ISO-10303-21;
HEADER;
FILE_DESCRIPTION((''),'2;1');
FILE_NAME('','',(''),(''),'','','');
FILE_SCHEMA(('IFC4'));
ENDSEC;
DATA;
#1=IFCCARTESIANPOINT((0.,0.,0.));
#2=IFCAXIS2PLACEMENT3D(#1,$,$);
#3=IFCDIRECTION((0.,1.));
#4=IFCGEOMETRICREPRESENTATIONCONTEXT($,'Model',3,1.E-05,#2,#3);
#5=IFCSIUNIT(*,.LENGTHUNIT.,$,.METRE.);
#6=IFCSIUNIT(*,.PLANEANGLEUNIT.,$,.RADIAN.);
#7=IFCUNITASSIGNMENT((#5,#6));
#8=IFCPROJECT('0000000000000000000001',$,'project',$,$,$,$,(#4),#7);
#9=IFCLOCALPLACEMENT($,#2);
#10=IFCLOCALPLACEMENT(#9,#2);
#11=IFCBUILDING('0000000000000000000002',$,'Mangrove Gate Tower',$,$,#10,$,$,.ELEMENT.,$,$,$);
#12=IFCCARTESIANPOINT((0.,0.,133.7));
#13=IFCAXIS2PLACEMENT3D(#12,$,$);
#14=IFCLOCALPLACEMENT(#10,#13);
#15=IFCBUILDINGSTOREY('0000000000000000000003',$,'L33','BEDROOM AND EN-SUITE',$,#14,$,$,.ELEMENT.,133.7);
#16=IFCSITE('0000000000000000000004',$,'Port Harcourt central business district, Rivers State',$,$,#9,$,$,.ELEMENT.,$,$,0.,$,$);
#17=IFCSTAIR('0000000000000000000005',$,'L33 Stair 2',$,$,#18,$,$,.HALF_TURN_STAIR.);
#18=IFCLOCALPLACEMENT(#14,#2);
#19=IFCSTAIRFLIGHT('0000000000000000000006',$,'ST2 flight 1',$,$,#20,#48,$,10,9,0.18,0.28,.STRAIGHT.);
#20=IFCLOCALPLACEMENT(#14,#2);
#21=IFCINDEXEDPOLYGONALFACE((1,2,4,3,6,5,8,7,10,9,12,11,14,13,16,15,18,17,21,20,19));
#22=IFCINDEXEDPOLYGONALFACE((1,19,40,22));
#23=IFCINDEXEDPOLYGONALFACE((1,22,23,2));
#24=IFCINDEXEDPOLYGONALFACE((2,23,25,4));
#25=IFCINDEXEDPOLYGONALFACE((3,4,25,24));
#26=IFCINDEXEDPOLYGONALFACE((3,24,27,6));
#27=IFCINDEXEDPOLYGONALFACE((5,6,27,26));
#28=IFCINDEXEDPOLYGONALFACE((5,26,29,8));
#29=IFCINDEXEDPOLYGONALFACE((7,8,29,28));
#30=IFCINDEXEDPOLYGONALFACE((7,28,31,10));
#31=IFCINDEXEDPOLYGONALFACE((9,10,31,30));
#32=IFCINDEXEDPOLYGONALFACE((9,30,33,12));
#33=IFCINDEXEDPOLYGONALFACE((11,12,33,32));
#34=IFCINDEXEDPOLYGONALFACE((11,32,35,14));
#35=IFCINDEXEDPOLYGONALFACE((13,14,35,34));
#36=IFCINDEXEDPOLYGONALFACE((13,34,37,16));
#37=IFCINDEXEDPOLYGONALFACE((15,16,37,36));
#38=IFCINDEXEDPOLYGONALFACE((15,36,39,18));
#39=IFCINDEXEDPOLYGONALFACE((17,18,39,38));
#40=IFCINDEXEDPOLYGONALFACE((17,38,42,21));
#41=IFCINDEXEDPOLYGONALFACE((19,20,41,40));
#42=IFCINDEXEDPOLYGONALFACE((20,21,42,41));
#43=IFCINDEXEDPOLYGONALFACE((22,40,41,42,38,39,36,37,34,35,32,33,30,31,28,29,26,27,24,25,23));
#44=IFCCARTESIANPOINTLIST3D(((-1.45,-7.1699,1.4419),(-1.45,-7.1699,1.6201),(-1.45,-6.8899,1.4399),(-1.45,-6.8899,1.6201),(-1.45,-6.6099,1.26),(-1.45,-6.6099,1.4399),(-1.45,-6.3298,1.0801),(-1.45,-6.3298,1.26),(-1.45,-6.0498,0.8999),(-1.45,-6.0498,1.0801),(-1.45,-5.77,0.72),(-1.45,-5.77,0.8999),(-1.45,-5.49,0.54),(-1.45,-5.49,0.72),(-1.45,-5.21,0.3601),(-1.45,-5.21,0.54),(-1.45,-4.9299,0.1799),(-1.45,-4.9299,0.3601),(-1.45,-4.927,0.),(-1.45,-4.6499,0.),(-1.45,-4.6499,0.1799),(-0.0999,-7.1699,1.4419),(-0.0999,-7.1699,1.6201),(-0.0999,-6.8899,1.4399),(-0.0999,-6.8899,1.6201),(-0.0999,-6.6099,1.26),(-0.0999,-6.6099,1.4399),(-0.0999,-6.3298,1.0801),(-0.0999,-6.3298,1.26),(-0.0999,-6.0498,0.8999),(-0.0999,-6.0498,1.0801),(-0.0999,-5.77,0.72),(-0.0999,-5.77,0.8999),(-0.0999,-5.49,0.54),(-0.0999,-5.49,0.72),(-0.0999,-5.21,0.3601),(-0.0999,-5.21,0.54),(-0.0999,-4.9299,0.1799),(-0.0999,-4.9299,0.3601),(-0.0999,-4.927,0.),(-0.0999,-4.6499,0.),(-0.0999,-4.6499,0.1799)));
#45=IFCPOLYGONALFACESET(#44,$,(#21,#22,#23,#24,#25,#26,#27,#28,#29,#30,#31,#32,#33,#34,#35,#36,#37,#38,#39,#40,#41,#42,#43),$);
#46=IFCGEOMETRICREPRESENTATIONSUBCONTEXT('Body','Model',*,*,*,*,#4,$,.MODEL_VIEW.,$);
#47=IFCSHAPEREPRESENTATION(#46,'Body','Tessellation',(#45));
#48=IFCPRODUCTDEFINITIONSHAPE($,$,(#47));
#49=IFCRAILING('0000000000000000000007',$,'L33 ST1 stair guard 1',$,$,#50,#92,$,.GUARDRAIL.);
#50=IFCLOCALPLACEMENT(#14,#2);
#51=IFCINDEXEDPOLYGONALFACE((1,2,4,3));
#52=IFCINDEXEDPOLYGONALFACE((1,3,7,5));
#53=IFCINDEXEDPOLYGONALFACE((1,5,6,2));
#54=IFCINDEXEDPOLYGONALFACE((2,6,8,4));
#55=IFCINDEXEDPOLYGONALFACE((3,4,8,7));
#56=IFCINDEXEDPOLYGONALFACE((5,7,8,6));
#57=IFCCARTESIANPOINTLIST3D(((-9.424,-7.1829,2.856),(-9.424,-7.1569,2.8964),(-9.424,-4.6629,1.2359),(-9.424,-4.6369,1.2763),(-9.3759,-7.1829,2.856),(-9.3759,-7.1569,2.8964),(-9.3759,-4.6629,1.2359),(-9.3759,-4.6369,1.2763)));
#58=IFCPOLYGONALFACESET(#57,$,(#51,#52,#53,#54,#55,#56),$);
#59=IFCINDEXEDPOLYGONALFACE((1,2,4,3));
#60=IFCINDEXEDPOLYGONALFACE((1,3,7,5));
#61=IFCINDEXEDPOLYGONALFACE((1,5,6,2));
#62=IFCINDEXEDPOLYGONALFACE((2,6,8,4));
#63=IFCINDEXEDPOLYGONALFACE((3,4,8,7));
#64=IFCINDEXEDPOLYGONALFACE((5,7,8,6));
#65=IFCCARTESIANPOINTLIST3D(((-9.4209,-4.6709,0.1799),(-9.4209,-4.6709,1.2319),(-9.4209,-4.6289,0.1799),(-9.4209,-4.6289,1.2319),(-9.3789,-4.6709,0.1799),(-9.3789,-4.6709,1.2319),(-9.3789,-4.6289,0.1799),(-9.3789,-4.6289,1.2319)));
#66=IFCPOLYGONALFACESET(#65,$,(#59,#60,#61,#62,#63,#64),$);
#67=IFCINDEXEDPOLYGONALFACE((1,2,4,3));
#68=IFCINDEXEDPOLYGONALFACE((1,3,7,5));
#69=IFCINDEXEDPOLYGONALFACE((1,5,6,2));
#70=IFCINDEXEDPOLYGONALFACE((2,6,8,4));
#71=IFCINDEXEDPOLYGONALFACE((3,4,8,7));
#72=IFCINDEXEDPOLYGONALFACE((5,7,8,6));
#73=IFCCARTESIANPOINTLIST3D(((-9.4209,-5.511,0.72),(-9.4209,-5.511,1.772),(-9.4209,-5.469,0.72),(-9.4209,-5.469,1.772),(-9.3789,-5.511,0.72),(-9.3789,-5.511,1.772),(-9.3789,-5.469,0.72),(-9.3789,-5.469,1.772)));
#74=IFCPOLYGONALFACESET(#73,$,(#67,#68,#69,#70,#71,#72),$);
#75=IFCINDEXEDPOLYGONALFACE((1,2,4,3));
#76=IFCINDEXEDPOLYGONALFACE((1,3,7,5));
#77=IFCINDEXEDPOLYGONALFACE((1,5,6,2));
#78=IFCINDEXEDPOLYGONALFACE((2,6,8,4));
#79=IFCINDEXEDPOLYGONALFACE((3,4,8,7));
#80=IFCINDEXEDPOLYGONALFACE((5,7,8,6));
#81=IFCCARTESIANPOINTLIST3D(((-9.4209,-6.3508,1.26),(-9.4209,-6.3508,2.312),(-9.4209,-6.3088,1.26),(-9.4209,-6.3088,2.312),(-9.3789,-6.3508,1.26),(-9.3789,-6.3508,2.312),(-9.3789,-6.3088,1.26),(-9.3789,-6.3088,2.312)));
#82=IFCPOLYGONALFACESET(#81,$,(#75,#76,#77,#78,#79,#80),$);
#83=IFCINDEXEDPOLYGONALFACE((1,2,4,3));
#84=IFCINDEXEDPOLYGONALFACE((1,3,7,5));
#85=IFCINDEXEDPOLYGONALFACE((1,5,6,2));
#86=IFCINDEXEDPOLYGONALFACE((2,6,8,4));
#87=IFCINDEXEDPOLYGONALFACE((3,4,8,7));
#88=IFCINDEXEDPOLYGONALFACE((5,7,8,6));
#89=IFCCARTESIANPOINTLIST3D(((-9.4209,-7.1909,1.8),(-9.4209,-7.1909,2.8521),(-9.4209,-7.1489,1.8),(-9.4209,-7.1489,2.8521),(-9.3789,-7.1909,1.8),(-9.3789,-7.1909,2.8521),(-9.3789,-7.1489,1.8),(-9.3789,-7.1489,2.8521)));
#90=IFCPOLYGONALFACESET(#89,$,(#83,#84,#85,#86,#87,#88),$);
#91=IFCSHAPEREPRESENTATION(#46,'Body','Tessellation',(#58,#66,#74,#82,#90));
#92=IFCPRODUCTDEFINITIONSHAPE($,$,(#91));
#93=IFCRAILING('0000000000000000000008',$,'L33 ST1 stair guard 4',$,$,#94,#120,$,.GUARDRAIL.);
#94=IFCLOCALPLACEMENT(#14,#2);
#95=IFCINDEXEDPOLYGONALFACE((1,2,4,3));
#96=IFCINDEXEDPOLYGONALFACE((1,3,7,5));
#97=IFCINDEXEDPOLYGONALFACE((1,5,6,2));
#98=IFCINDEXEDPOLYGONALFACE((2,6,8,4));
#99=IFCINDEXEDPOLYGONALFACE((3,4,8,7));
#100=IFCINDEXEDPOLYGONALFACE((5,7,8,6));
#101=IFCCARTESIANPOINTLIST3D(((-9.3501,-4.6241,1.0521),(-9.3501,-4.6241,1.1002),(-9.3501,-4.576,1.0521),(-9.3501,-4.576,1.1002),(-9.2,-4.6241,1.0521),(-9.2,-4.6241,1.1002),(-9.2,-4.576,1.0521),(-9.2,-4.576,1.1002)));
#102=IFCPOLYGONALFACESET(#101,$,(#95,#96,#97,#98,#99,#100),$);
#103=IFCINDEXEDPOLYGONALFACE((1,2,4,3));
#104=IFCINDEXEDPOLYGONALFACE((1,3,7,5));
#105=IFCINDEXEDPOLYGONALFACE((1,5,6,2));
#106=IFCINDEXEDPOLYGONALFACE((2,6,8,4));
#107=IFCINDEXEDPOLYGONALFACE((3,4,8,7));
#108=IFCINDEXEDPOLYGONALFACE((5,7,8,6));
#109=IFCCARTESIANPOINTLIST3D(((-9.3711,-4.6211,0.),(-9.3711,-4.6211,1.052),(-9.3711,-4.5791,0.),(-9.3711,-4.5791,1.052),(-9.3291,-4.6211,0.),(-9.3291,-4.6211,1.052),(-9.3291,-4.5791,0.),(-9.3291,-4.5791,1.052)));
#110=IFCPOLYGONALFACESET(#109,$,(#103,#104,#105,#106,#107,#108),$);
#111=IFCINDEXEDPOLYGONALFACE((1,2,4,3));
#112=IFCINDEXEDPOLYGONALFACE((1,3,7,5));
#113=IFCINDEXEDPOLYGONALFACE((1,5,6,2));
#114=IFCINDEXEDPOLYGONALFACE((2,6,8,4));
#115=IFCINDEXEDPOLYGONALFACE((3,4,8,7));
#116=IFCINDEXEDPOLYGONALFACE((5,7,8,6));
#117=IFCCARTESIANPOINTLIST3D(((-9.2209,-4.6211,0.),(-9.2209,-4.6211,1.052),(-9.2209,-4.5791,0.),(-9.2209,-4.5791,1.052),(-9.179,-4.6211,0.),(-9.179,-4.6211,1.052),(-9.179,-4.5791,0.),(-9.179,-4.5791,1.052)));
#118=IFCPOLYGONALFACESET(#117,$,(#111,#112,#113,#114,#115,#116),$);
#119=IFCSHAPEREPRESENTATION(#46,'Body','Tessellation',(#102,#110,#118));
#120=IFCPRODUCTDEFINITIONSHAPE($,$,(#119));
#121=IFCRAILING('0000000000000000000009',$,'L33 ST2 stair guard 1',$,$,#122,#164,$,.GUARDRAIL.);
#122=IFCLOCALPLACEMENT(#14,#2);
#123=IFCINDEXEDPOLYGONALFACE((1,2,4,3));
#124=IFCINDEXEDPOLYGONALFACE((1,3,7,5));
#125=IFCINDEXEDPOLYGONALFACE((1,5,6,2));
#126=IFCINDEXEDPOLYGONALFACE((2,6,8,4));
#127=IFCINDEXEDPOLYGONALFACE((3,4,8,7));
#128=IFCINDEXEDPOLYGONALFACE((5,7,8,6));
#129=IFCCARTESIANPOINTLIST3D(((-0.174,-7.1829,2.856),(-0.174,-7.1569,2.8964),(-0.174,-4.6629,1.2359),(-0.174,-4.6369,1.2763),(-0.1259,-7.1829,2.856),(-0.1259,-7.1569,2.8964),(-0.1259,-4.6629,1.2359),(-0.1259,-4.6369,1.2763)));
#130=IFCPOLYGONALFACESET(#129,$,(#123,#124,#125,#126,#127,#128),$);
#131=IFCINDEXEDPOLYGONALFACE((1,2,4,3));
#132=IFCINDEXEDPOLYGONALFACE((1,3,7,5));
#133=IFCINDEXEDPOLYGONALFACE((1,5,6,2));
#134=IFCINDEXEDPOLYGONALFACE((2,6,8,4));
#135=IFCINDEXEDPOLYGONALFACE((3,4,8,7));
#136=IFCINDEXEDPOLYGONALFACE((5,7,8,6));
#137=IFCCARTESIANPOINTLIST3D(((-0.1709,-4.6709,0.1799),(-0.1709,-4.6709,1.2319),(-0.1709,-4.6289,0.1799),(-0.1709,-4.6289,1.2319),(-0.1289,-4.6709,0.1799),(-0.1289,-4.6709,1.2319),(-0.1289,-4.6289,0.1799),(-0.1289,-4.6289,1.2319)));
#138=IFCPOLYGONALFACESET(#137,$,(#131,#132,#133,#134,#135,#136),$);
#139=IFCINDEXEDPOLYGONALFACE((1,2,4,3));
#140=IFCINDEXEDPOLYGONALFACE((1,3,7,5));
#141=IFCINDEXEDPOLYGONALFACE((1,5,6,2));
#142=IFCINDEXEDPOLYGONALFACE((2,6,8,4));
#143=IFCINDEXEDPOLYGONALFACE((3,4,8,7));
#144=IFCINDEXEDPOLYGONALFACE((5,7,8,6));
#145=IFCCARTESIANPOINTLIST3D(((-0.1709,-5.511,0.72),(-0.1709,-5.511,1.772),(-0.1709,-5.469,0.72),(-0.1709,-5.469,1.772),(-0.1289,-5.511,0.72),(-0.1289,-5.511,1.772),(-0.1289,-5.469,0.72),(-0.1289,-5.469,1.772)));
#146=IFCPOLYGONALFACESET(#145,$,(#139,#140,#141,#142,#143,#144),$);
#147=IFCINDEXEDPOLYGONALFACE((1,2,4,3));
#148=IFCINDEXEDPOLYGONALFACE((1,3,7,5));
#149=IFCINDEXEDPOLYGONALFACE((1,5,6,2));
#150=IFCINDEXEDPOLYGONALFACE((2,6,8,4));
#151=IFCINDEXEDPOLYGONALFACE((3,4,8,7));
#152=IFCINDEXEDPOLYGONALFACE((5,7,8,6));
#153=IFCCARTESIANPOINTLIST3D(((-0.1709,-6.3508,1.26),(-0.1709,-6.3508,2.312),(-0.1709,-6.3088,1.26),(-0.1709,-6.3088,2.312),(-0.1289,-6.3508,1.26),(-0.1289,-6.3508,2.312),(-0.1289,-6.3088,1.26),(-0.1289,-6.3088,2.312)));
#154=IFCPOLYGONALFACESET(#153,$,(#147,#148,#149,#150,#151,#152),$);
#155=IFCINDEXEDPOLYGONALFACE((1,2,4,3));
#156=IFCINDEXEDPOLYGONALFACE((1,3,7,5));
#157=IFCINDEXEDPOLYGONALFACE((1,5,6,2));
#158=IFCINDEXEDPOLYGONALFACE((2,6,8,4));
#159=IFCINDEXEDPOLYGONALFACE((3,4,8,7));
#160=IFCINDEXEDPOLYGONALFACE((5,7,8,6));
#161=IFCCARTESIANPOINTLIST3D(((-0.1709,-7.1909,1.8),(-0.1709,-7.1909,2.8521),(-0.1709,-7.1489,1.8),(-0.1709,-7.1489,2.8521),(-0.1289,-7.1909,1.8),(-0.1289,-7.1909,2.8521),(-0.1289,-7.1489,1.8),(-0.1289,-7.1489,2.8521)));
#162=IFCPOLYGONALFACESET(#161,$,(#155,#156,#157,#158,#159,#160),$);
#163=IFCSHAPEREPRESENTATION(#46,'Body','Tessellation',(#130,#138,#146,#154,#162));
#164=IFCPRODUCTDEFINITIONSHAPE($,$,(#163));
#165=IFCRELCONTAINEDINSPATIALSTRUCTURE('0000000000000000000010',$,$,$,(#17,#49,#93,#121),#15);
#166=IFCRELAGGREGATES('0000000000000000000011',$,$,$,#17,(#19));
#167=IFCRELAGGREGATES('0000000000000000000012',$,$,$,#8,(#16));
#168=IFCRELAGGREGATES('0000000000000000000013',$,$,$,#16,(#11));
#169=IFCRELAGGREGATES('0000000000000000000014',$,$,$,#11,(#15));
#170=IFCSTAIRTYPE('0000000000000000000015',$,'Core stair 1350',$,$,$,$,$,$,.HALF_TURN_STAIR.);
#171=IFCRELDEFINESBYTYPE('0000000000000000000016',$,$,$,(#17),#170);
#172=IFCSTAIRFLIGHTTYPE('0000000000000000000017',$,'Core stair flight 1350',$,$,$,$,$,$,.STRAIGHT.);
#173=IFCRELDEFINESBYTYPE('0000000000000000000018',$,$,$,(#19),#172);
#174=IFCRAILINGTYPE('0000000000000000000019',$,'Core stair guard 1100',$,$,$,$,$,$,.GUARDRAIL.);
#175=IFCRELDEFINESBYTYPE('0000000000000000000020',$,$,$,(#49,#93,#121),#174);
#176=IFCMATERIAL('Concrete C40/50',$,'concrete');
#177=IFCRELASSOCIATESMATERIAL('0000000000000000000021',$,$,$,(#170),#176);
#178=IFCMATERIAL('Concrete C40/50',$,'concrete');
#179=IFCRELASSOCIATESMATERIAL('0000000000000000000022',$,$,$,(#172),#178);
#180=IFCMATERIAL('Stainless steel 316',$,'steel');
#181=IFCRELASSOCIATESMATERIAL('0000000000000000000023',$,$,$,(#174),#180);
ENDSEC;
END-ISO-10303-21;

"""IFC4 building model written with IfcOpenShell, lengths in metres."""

from ifc_helpers import new_model, si_unit, direction, frame, origin, origin_2d, place, context, subcontext, project, spatial, polyline, rectangle, outline, extrude, material, type_object, element, aggregate, save


model = new_model("IFC4")

# Units and contexts
model_context = context("Model", 3, precision=1e-05, world=origin(), true_north=direction((0.0, 1.0)))
body_context = subcontext(model_context, "Body", "Model", "MODEL_VIEW")
ifc_project = project(units=[si_unit("LENGTHUNIT", "METRE"), si_unit("PLANEANGLEUNIT", "RADIAN")], contexts=[model_context])

# Site, building, storey
site_placement = place(None, origin())
site = spatial("IfcSite", under=ifc_project, at=site_placement, Name="Port Harcourt central business district, Rivers State", CompositionType="ELEMENT", RefElevation=0.0)
building_placement = place(site_placement, origin())
building = spatial("IfcBuilding", under=site, at=building_placement, Name="Mangrove Gate Tower", CompositionType="ELEMENT")
storey_placement = place(building_placement, frame((0.0, 0.0, 133.7)))
storey = spatial("IfcBuildingStorey", under=building, at=storey_placement, Name="L33", Description="BEDROOM AND EN-SUITE", CompositionType="ELEMENT", Elevation=133.7)

# Stair, stair flight
ifc_material_1 = material(Name="Concrete C40/50", Category="concrete")
stair_type = type_object("IfcStairType", Name="Core stair 1350", PredefinedType="HALF_TURN_STAIR", material=ifc_material_1)
ifc_material_2 = material(Name="Concrete C40/50", Category="concrete")
stair_flight_type = type_object("IfcStairFlightType", Name="Core stair flight 1350", PredefinedType="STRAIGHT", material=ifc_material_2)
stair_1_placement = place(storey_placement, origin())
stair_1 = element("IfcStair", 1, at=stair_1_placement, inside=storey, type_object=stair_type, Name="L33 Stair 2", PredefinedType="HALF_TURN_STAIR")
stair_flight_1_placement = place(storey_placement, frame((-0.7749, -4.6499, 0.0), z_axis=(0.0, 0.0, 1.0), x_axis=(0.0, -1.0, 0.0)))
stair_flight_1 = element("IfcStairFlight", 2, at=stair_flight_1_placement, type_object=stair_flight_type, Name="ST2 flight 1", NumberOfRisers=10, NumberOfTreads=9, PredefinedType="STRAIGHT", RiserHeight=0.18, TreadLength=0.28, context=body_context, shape_type="SweptSolid", body=[
    extrude(outline(polyline([(0.0, 0.0), (0.0, 0.1799), (0.28, 0.1799), (0.28, 0.3601), (0.5601, 0.3601), (0.5601, 0.54), (0.8401, 0.54), (0.8401, 0.72), (1.1201, 0.72), (1.1201, 0.8999), (1.3999, 0.8999), (1.3999, 1.0801), (1.6799, 1.0801), (1.6799, 1.26), (1.96, 1.26), (1.96, 1.4399), (2.24, 1.4399), (2.24, 1.6201), (2.52, 1.6201), (2.52, 1.8), (2.52, 1.4419), (0.2771, 0.0), (0.0, 0.0)])), frame((0.0, 0.675, 0.0), z_axis=(0.0, -1.0, 0.0), x_axis=(1.0, 0.0, 0.0)), (0.0, 0.0, 1.0), 1.3501),
])
aggregate(stair_1, [stair_flight_1])

# Railings
ifc_material_3 = material(Name="Stainless steel 316", Category="steel")
railing_type_1 = type_object("IfcRailingType", Name="Core stair guard 1100", PredefinedType="GUARDRAIL", material=ifc_material_3)
railing_1_placement = place(storey_placement, frame((-9.3999, -4.6499, 0.1799)))
element("IfcRailing", 3, at=railing_1_placement, inside=storey, type_object=railing_type_1, Name="L33 ST1 stair guard 1", PredefinedType="GUARDRAIL", context=body_context, shape_type="SweptSolid", body=[
    extrude(rectangle(XDim=0.0481, YDim=0.0481, at=origin_2d()), frame((0.0, 0.0, 1.0762), z_axis=(0.0, -0.841163, 0.540782), x_axis=(1.0, 0.0, 0.0)), (0.0, 0.0, 1.0), 2.9958),
    extrude(rectangle(XDim=0.042, YDim=0.042, at=origin_2d()), origin(), (0.0, 0.0, 1.0), 1.052),
    extrude(rectangle(XDim=0.042, YDim=0.042, at=origin_2d()), frame((0.0, -0.8401, 0.54)), (0.0, 0.0, 1.0), 1.052),
    extrude(rectangle(XDim=0.042, YDim=0.042, at=origin_2d()), frame((0.0, -1.6799, 1.0801)), (0.0, 0.0, 1.0), 1.052),
    extrude(rectangle(XDim=0.042, YDim=0.042, at=origin_2d()), frame((0.0, -2.52, 1.6201)), (0.0, 0.0, 1.0), 1.052),
])
railing_2_placement = place(storey_placement, frame((-9.3501, -4.6001, 0.0)))
element("IfcRailing", 4, at=railing_2_placement, inside=storey, type_object=railing_type_1, Name="L33 ST1 stair guard 4", PredefinedType="GUARDRAIL", context=body_context, shape_type="SweptSolid", body=[
    extrude(rectangle(XDim=0.0481, YDim=0.0481, at=origin_2d()), frame((0.0, 0.0, 1.0762), z_axis=(1.0, 0.0, 0.0), x_axis=(0.0, 1.0, 0.0)), (0.0, 0.0, 1.0), 0.1501),
    extrude(rectangle(XDim=0.042, YDim=0.042, at=origin_2d()), origin(), (0.0, 0.0, 1.0), 1.052),
    extrude(rectangle(XDim=0.042, YDim=0.042, at=origin_2d()), frame((0.1501, 0.0, 0.0)), (0.0, 0.0, 1.0), 1.052),
])
railing_3_placement = place(storey_placement, frame((-0.1499, -4.6499, 0.1799)))
element("IfcRailing", 5, at=railing_3_placement, inside=storey, type_object=railing_type_1, Name="L33 ST2 stair guard 1", PredefinedType="GUARDRAIL", context=body_context, shape_type="SweptSolid", body=[
    extrude(rectangle(XDim=0.0481, YDim=0.0481, at=origin_2d()), frame((0.0, 0.0, 1.0762), z_axis=(0.0, -0.841163, 0.540782), x_axis=(1.0, 0.0, 0.0)), (0.0, 0.0, 1.0), 2.9958),
    extrude(rectangle(XDim=0.042, YDim=0.042, at=origin_2d()), origin(), (0.0, 0.0, 1.0), 1.052),
    extrude(rectangle(XDim=0.042, YDim=0.042, at=origin_2d()), frame((0.0, -0.8401, 0.54)), (0.0, 0.0, 1.0), 1.052),
    extrude(rectangle(XDim=0.042, YDim=0.042, at=origin_2d()), frame((0.0, -1.6799, 1.0801)), (0.0, 0.0, 1.0), 1.052),
    extrude(rectangle(XDim=0.042, YDim=0.042, at=origin_2d()), frame((0.0, -2.52, 1.6201)), (0.0, 0.0, 1.0), 1.052),
])

save(model, "model.ifc")
